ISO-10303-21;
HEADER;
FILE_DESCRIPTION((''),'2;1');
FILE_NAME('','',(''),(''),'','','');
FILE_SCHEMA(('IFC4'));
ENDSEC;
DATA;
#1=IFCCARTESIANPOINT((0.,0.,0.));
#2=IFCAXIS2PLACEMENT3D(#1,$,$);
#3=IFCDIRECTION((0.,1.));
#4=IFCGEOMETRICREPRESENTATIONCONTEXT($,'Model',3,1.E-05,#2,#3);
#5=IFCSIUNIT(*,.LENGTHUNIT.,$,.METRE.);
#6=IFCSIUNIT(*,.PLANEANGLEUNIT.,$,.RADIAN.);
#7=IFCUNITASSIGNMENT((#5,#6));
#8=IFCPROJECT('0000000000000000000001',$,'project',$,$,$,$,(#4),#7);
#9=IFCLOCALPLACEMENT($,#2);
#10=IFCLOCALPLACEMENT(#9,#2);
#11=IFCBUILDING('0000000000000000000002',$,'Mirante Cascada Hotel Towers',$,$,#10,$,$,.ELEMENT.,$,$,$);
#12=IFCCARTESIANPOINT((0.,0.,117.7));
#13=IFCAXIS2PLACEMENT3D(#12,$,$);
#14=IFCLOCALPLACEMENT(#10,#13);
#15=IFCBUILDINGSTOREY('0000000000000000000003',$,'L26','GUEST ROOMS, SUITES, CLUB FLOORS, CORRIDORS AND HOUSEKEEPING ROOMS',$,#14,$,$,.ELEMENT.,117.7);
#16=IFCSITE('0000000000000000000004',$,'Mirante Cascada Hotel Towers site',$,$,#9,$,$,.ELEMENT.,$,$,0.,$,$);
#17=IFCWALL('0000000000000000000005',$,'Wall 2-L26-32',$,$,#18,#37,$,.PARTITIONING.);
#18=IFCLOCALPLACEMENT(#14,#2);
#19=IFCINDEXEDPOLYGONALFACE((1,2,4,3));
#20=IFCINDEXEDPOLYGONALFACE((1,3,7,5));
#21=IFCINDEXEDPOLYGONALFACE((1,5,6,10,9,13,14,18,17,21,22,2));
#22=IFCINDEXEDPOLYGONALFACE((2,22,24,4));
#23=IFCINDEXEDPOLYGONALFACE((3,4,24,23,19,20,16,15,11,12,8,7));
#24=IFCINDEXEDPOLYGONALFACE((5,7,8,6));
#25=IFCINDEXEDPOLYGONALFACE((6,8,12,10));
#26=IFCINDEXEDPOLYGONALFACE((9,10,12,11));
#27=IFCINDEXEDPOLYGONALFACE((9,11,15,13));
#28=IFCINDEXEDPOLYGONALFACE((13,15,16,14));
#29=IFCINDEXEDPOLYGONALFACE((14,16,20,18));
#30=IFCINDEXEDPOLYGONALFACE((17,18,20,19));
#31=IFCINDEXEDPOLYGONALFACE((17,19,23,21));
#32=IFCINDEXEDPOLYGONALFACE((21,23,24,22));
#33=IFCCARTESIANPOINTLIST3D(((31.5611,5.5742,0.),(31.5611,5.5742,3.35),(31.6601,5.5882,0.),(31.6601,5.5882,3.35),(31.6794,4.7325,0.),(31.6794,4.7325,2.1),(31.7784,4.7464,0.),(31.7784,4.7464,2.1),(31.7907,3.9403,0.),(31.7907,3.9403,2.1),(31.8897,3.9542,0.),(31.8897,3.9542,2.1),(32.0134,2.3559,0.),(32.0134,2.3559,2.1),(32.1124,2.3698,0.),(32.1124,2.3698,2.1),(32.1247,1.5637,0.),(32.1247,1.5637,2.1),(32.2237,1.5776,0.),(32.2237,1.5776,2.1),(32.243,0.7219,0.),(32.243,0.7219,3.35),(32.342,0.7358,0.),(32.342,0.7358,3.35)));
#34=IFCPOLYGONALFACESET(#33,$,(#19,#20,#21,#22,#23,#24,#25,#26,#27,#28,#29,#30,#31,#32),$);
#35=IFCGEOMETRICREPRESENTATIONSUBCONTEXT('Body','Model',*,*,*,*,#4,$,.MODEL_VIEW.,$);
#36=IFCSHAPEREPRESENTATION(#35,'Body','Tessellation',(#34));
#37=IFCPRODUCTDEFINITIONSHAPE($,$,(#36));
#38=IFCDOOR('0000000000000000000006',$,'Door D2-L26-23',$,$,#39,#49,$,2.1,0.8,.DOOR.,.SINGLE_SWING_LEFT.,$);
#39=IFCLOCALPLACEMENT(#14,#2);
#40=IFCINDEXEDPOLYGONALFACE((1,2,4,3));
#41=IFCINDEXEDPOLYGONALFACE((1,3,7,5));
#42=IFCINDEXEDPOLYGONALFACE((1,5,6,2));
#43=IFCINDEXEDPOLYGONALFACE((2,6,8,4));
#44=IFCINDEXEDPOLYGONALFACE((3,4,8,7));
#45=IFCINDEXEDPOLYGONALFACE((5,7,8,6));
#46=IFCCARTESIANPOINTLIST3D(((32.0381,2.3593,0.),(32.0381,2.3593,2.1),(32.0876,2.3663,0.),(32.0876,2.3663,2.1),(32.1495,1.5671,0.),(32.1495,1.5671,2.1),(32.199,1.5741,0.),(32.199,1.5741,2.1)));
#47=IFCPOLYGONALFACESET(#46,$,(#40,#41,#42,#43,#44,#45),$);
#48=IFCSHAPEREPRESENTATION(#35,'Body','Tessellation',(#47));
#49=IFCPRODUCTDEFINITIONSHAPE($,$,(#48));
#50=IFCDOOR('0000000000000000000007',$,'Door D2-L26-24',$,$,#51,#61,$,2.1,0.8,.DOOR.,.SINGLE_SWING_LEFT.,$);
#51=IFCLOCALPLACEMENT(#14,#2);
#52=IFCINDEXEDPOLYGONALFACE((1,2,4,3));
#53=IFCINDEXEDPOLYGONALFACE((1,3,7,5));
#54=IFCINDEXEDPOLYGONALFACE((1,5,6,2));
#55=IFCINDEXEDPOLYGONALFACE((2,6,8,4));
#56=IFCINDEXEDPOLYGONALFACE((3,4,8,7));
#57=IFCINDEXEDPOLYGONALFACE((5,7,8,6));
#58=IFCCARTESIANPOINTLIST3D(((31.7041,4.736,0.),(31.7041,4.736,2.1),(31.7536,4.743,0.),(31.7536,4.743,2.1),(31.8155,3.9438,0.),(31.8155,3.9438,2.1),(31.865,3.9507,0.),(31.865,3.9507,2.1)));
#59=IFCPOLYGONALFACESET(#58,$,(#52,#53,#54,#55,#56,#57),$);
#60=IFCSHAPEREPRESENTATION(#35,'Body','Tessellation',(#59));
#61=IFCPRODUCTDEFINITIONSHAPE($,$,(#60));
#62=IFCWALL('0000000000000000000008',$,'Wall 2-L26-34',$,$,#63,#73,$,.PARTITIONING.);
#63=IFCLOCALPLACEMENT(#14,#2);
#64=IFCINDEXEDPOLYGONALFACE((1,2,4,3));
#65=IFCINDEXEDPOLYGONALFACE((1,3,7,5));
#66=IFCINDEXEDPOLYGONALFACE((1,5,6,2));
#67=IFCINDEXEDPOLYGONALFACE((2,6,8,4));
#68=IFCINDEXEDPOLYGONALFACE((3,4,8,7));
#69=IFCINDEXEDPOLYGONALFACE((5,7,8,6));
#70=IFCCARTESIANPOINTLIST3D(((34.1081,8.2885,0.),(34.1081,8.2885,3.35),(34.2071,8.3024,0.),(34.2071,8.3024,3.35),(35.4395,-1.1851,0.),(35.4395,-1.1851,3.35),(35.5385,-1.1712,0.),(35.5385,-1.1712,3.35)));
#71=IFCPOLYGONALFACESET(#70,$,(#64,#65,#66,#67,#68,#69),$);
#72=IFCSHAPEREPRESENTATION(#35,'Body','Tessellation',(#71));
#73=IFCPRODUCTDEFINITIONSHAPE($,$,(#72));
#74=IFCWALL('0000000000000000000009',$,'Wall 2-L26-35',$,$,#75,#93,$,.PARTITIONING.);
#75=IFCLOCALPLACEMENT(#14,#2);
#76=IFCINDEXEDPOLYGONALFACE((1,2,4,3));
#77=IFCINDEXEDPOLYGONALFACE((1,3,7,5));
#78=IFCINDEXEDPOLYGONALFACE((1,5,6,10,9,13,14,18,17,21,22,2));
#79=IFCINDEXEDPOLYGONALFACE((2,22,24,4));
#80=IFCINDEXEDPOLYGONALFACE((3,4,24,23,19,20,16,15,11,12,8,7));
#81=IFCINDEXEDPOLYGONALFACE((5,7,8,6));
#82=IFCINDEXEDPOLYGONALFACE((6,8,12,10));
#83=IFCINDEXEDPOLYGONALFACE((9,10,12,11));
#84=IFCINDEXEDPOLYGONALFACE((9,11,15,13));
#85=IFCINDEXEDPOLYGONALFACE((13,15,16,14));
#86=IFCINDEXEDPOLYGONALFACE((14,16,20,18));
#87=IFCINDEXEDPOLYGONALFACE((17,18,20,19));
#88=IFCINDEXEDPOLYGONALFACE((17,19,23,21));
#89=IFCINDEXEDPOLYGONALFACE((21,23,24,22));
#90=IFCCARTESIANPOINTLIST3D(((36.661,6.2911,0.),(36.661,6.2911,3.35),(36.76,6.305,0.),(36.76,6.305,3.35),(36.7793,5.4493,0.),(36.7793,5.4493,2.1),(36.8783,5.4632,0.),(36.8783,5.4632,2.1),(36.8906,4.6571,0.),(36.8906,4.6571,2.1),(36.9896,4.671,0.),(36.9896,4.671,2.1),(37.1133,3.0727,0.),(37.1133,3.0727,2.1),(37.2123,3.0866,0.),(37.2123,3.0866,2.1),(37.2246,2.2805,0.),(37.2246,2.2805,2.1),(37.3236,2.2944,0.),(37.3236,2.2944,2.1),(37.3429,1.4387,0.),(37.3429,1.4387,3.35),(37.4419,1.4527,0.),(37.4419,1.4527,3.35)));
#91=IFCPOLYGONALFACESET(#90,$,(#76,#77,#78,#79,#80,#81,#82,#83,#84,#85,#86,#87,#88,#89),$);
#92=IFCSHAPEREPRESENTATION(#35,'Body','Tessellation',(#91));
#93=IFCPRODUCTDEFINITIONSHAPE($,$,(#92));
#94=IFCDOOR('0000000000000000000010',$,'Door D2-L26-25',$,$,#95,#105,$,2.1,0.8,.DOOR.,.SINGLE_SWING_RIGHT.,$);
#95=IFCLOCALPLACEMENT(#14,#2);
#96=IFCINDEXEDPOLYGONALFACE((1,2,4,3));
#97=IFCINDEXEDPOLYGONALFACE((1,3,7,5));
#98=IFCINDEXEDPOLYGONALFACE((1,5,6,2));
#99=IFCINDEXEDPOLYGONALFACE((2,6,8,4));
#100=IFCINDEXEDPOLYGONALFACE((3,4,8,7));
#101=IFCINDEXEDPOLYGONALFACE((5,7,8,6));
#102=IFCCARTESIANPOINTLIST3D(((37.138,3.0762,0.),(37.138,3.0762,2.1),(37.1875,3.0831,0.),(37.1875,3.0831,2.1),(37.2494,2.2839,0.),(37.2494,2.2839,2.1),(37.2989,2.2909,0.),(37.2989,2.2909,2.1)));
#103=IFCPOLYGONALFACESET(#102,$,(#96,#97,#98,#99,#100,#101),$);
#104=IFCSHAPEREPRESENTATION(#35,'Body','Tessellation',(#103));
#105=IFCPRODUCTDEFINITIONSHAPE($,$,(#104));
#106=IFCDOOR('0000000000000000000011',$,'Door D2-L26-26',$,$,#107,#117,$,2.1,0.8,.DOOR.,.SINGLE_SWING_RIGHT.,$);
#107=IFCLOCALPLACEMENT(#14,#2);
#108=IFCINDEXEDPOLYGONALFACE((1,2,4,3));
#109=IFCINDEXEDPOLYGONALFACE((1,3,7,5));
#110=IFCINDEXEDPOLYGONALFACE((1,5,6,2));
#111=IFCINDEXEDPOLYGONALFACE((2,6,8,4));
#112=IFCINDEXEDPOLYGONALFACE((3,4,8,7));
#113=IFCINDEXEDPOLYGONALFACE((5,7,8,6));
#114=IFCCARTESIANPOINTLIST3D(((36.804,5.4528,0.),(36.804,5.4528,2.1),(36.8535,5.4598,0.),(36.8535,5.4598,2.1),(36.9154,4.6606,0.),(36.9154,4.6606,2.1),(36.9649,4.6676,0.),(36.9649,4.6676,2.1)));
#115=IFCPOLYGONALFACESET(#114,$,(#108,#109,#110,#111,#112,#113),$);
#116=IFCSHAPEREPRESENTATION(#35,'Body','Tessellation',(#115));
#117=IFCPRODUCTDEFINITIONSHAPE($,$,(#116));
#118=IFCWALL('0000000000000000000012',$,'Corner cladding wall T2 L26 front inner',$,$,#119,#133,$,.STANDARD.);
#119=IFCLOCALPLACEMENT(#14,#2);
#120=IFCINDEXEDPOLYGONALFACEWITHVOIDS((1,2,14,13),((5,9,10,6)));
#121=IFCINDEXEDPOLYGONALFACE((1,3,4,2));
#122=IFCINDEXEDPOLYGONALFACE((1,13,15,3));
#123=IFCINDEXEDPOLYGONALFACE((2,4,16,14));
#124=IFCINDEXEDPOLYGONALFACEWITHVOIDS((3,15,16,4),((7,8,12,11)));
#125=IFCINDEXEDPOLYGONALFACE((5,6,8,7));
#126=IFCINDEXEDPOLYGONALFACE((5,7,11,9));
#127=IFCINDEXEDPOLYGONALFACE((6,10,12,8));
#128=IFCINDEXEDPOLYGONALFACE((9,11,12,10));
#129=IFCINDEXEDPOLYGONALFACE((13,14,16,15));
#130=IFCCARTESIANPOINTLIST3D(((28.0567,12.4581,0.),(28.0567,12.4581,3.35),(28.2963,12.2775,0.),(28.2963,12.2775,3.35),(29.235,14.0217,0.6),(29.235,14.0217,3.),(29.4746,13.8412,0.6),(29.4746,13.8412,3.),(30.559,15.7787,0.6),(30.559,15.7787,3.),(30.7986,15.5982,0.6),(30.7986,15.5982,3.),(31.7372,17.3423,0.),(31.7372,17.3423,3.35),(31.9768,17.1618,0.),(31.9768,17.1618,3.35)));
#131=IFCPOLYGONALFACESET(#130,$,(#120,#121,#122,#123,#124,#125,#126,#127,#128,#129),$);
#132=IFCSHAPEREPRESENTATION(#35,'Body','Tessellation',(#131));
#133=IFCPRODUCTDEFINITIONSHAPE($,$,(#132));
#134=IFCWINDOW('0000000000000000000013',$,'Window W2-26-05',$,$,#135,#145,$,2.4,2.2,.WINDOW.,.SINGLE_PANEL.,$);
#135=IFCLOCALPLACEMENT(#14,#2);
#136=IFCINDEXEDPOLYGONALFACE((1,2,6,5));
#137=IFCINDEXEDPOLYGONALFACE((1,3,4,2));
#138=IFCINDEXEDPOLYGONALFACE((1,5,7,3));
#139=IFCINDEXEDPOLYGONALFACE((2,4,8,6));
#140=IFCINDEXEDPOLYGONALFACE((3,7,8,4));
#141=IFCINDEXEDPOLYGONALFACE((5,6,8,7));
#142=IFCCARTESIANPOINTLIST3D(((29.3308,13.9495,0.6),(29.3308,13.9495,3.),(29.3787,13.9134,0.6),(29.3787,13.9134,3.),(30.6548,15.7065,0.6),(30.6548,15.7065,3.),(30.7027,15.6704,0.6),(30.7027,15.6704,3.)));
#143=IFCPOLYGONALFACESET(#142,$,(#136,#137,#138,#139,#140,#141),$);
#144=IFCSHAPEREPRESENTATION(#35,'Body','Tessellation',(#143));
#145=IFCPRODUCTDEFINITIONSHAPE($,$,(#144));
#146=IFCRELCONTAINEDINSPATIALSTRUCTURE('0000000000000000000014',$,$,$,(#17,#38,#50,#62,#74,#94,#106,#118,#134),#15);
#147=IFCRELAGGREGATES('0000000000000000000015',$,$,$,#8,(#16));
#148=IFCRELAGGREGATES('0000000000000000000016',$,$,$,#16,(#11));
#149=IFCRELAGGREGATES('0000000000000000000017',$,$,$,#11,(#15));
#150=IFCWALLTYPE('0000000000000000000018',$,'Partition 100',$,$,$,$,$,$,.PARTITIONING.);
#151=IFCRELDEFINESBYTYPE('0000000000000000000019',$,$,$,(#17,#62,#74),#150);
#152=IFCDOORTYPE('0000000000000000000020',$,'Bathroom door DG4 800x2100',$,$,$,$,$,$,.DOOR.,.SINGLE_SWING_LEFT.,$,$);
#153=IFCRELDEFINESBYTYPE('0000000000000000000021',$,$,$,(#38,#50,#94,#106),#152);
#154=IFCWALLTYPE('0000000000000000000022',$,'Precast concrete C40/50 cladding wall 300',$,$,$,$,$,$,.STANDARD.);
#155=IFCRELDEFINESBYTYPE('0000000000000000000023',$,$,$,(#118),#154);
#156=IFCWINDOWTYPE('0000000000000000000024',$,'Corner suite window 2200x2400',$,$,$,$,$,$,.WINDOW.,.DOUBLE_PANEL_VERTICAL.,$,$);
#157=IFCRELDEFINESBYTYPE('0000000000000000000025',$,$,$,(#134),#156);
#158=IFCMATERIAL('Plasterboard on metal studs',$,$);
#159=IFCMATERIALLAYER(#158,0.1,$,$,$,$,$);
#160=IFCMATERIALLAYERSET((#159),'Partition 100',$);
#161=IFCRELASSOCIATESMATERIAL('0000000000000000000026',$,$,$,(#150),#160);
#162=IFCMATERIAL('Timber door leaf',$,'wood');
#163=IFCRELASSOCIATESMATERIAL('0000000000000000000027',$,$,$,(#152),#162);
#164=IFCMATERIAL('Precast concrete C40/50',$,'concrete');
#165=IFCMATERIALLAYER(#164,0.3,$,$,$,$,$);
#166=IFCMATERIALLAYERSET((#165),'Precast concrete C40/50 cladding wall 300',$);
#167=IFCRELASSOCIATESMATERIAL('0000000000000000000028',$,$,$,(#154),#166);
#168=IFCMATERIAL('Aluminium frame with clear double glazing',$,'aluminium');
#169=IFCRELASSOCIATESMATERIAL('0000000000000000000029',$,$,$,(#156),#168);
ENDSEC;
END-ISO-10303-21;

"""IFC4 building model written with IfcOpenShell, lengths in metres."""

from ifc_helpers import new_model, si_unit, direction, frame, frame_2d, origin, place, context, subcontext, project, spatial, rectangle, extrude, material, layer, layer_set, type_object, element, fill, save


model = new_model("IFC4")

# Units and contexts
model_context = context("Model", 3, precision=1e-05, world=origin(), true_north=direction((0.0, 1.0)))
body_context = subcontext(model_context, "Body", "Model", "MODEL_VIEW")
ifc_project = project(units=[si_unit("LENGTHUNIT", "METRE"), si_unit("PLANEANGLEUNIT", "RADIAN")], contexts=[model_context])

# Site, building, storey
site_placement = place(None, origin())
site = spatial("IfcSite", under=ifc_project, at=site_placement, Name="Mirante Cascada Hotel Towers site", CompositionType="ELEMENT", RefElevation=0.0)
building_placement = place(site_placement, origin())
building = spatial("IfcBuilding", under=site, at=building_placement, Name="Mirante Cascada Hotel Towers", CompositionType="ELEMENT")
storey_placement = place(building_placement, frame((0.0, 0.0, 117.7)))
storey = spatial("IfcBuildingStorey", under=building, at=storey_placement, Name="L26", Description="GUEST ROOMS, SUITES, CLUB FLOORS, CORRIDORS AND HOUSEKEEPING ROOMS", CompositionType="ELEMENT", Elevation=117.7)

# Shared definitions
ifc_material_1 = material(Name="Plasterboard on metal studs")
ifc_layer_1 = layer(ifc_material_1, 0.1)
ifc_layer_set_1 = layer_set([ifc_layer_1], Name="Partition 100")
wall_type_1 = type_object("IfcWallType", Name="Partition 100", PredefinedType="PARTITIONING", material=ifc_layer_set_1)

# Wall, openings, doors
wall_1_placement = place(storey_placement, frame((31.6106, 5.5812, 0.0), z_axis=(0.0, 0.0, 1.0), x_axis=(0.139164, -0.990269, 0.0)))
wall_1 = element("IfcWall", 1, at=wall_1_placement, inside=storey, type_object=wall_type_1, Name="Wall 2-L26-32", PredefinedType="PARTITIONING", context=body_context, shape_type="SweptSolid", body=[
    extrude(rectangle(XDim=4.9, YDim=0.1, at=frame_2d((2.45, 0.0))), origin(), (0.0, 0.0, 1.0), 3.35),
])
opening_1_placement = place(wall_1_placement, frame((3.25, 0.0, 0.0)))
opening_1 = element("IfcOpeningElement", 2, at=opening_1_placement, cuts=wall_1, PredefinedType="OPENING", context=body_context, shape_type="SweptSolid", body=[
    extrude(rectangle(XDim=0.8, YDim=2.1, at=frame_2d((0.4, 1.05))), frame((0.0, 0.05, 0.0), z_axis=(0.0, -1.0, 0.0), x_axis=(1.0, 0.0, 0.0)), (0.0, 0.0, 1.0), 0.1),
])
opening_2_placement = place(wall_1_placement, frame((0.85, 0.0, 0.0)))
opening_2 = element("IfcOpeningElement", 3, at=opening_2_placement, cuts=wall_1, PredefinedType="OPENING", context=body_context, shape_type="SweptSolid", body=[
    extrude(rectangle(XDim=0.8, YDim=2.1, at=frame_2d((0.4, 1.05))), frame((0.0, 0.05, 0.0), z_axis=(0.0, -1.0, 0.0), x_axis=(1.0, 0.0, 0.0)), (0.0, 0.0, 1.0), 0.1),
])
ifc_material_2 = material(Name="Timber door leaf", Category="wood")
door_type = type_object("IfcDoorType", Name="Bathroom door DG4 800x2100", OperationType="SINGLE_SWING_LEFT", PredefinedType="DOOR", material=ifc_material_2)
door_1_placement = place(opening_1_placement, origin())
door_1 = element("IfcDoor", 4, at=door_1_placement, inside=storey, type_object=door_type, Name="Door D2-L26-23", OperationType="SINGLE_SWING_LEFT", OverallHeight=2.1, OverallWidth=0.8, PredefinedType="DOOR", context=body_context, shape_type="SweptSolid", body=[
    extrude(rectangle(XDim=0.8, YDim=2.1, at=frame_2d((0.4, 1.05))), frame((0.0, 0.025, 0.0), z_axis=(0.0, -1.0, 0.0), x_axis=(1.0, 0.0, 0.0)), (0.0, 0.0, 1.0), 0.05),
])
fill(opening_1, door_1)
door_2_placement = place(opening_2_placement, origin())
door_2 = element("IfcDoor", 5, at=door_2_placement, inside=storey, type_object=door_type, Name="Door D2-L26-24", OperationType="SINGLE_SWING_LEFT", OverallHeight=2.1, OverallWidth=0.8, PredefinedType="DOOR", context=body_context, shape_type="SweptSolid", body=[
    extrude(rectangle(XDim=0.8, YDim=2.1, at=frame_2d((0.4, 1.05))), frame((0.0, 0.025, 0.0), z_axis=(0.0, -1.0, 0.0), x_axis=(1.0, 0.0, 0.0)), (0.0, 0.0, 1.0), 0.05),
])
fill(opening_2, door_2)

# Wall
wall_2_placement = place(storey_placement, frame((34.1576, 8.2955, 0.0), z_axis=(0.0, 0.0, 1.0), x_axis=(0.13917, -0.990268, 0.0)))
element("IfcWall", 6, at=wall_2_placement, inside=storey, type_object=wall_type_1, Name="Wall 2-L26-34", PredefinedType="PARTITIONING", context=body_context, shape_type="SweptSolid", body=[
    extrude(rectangle(XDim=9.5667, YDim=0.1, at=frame_2d((4.7834, 0.0))), origin(), (0.0, 0.0, 1.0), 3.35),
])

# Wall, openings, doors
wall_3_placement = place(storey_placement, frame((37.3924, 1.4457, 0.0), z_axis=(0.0, 0.0, 1.0), x_axis=(-0.139164, 0.990269, 0.0)))
wall_3 = element("IfcWall", 7, at=wall_3_placement, inside=storey, type_object=wall_type_1, Name="Wall 2-L26-35", PredefinedType="PARTITIONING", context=body_context, shape_type="SweptSolid", body=[
    extrude(rectangle(XDim=4.9, YDim=0.1, at=frame_2d((2.45, 0.0))), origin(), (0.0, 0.0, 1.0), 3.35),
])
opening_3_placement = place(wall_3_placement, frame((0.85, 0.0, 0.0)))
opening_3 = element("IfcOpeningElement", 8, at=opening_3_placement, cuts=wall_3, PredefinedType="OPENING", context=body_context, shape_type="SweptSolid", body=[
    extrude(rectangle(XDim=0.8, YDim=2.1, at=frame_2d((0.4, 1.05))), frame((0.0, 0.05, 0.0), z_axis=(0.0, -1.0, 0.0), x_axis=(1.0, 0.0, 0.0)), (0.0, 0.0, 1.0), 0.1),
])
opening_4_placement = place(wall_3_placement, frame((3.25, 0.0, 0.0)))
opening_4 = element("IfcOpeningElement", 9, at=opening_4_placement, cuts=wall_3, PredefinedType="OPENING", context=body_context, shape_type="SweptSolid", body=[
    extrude(rectangle(XDim=0.8, YDim=2.1, at=frame_2d((0.4, 1.05))), frame((0.0, 0.05, 0.0), z_axis=(0.0, -1.0, 0.0), x_axis=(1.0, 0.0, 0.0)), (0.0, 0.0, 1.0), 0.1),
])
door_3_placement = place(opening_3_placement, frame((0.8, 0.0, 0.0), z_axis=(0.0, 0.0, 1.0), x_axis=(-1.0, 0.0, 0.0)))
door_3 = element("IfcDoor", 10, at=door_3_placement, inside=storey, type_object=door_type, Name="Door D2-L26-25", OperationType="SINGLE_SWING_RIGHT", OverallHeight=2.1, OverallWidth=0.8, PredefinedType="DOOR", context=body_context, shape_type="SweptSolid", body=[
    extrude(rectangle(XDim=0.8, YDim=2.1, at=frame_2d((0.4, 1.05))), frame((0.0, 0.025, 0.0), z_axis=(0.0, -1.0, 0.0), x_axis=(1.0, 0.0, 0.0)), (0.0, 0.0, 1.0), 0.05),
])
fill(opening_3, door_3)
door_4_placement = place(opening_4_placement, frame((0.8, 0.0, 0.0), z_axis=(0.0, 0.0, 1.0), x_axis=(-1.0, 0.0, 0.0)))
door_4 = element("IfcDoor", 11, at=door_4_placement, inside=storey, type_object=door_type, Name="Door D2-L26-26", OperationType="SINGLE_SWING_RIGHT", OverallHeight=2.1, OverallWidth=0.8, PredefinedType="DOOR", context=body_context, shape_type="SweptSolid", body=[
    extrude(rectangle(XDim=0.8, YDim=2.1, at=frame_2d((0.4, 1.05))), frame((0.0, 0.025, 0.0), z_axis=(0.0, -1.0, 0.0), x_axis=(1.0, 0.0, 0.0)), (0.0, 0.0, 1.0), 0.05),
])
fill(opening_4, door_4)

# Wall, opening, window
ifc_material_3 = material(Name="Precast concrete C40/50", Category="concrete")
ifc_layer_2 = layer(ifc_material_3, 0.3)
ifc_layer_set_2 = layer_set([ifc_layer_2], Name="Precast concrete C40/50 cladding wall 300")
wall_type_2 = type_object("IfcWallType", Name="Precast concrete C40/50 cladding wall 300", PredefinedType="STANDARD", material=ifc_layer_set_2)
wall_4_placement = place(storey_placement, frame((31.857, 17.252, 0.0), z_axis=(0.0, 0.0, 1.0), x_axis=(-0.601814, -0.798636, 0.0)))
wall_4 = element("IfcWall", 12, at=wall_4_placement, inside=storey, type_object=wall_type_2, Name="Corner cladding wall T2 L26 front inner", PredefinedType="STANDARD", context=body_context, shape_type="SweptSolid", body=[
    extrude(rectangle(XDim=6.1157, YDim=0.3, at=frame_2d((3.0578, 0.0))), origin(), (0.0, 0.0, 1.0), 3.35),
])
opening_5_placement = place(wall_4_placement, frame((1.9578, 0.0, 0.6)))
opening_5 = element("IfcOpeningElement", 13, at=opening_5_placement, cuts=wall_4, PredefinedType="OPENING", context=body_context, shape_type="SweptSolid", body=[
    extrude(rectangle(XDim=2.2, YDim=2.4, at=frame_2d((1.1, 1.2))), frame((0.0, 0.15, 0.0), z_axis=(0.0, -1.0, 0.0), x_axis=(1.0, 0.0, 0.0)), (0.0, 0.0, 1.0), 0.3),
])
ifc_material_4 = material(Name="Aluminium frame with clear double glazing", Category="aluminium")
window_type = type_object("IfcWindowType", Name="Corner suite window 2200x2400", PartitioningType="DOUBLE_PANEL_VERTICAL", PredefinedType="WINDOW", material=ifc_material_4)
window_placement = place(opening_5_placement, origin())
window = element("IfcWindow", 14, at=window_placement, inside=storey, type_object=window_type, Name="Window W2-26-05", OverallHeight=2.4, OverallWidth=2.2, PartitioningType="SINGLE_PANEL", PredefinedType="WINDOW", context=body_context, shape_type="SweptSolid", body=[
    extrude(rectangle(XDim=2.2, YDim=2.4, at=frame_2d((1.1, 1.2))), frame((0.0, 0.03, 0.0), z_axis=(0.0, -1.0, 0.0), x_axis=(1.0, 0.0, 0.0)), (0.0, 0.0, 1.0), 0.06),
])
fill(opening_5, window)

save(model, "model.ifc")
